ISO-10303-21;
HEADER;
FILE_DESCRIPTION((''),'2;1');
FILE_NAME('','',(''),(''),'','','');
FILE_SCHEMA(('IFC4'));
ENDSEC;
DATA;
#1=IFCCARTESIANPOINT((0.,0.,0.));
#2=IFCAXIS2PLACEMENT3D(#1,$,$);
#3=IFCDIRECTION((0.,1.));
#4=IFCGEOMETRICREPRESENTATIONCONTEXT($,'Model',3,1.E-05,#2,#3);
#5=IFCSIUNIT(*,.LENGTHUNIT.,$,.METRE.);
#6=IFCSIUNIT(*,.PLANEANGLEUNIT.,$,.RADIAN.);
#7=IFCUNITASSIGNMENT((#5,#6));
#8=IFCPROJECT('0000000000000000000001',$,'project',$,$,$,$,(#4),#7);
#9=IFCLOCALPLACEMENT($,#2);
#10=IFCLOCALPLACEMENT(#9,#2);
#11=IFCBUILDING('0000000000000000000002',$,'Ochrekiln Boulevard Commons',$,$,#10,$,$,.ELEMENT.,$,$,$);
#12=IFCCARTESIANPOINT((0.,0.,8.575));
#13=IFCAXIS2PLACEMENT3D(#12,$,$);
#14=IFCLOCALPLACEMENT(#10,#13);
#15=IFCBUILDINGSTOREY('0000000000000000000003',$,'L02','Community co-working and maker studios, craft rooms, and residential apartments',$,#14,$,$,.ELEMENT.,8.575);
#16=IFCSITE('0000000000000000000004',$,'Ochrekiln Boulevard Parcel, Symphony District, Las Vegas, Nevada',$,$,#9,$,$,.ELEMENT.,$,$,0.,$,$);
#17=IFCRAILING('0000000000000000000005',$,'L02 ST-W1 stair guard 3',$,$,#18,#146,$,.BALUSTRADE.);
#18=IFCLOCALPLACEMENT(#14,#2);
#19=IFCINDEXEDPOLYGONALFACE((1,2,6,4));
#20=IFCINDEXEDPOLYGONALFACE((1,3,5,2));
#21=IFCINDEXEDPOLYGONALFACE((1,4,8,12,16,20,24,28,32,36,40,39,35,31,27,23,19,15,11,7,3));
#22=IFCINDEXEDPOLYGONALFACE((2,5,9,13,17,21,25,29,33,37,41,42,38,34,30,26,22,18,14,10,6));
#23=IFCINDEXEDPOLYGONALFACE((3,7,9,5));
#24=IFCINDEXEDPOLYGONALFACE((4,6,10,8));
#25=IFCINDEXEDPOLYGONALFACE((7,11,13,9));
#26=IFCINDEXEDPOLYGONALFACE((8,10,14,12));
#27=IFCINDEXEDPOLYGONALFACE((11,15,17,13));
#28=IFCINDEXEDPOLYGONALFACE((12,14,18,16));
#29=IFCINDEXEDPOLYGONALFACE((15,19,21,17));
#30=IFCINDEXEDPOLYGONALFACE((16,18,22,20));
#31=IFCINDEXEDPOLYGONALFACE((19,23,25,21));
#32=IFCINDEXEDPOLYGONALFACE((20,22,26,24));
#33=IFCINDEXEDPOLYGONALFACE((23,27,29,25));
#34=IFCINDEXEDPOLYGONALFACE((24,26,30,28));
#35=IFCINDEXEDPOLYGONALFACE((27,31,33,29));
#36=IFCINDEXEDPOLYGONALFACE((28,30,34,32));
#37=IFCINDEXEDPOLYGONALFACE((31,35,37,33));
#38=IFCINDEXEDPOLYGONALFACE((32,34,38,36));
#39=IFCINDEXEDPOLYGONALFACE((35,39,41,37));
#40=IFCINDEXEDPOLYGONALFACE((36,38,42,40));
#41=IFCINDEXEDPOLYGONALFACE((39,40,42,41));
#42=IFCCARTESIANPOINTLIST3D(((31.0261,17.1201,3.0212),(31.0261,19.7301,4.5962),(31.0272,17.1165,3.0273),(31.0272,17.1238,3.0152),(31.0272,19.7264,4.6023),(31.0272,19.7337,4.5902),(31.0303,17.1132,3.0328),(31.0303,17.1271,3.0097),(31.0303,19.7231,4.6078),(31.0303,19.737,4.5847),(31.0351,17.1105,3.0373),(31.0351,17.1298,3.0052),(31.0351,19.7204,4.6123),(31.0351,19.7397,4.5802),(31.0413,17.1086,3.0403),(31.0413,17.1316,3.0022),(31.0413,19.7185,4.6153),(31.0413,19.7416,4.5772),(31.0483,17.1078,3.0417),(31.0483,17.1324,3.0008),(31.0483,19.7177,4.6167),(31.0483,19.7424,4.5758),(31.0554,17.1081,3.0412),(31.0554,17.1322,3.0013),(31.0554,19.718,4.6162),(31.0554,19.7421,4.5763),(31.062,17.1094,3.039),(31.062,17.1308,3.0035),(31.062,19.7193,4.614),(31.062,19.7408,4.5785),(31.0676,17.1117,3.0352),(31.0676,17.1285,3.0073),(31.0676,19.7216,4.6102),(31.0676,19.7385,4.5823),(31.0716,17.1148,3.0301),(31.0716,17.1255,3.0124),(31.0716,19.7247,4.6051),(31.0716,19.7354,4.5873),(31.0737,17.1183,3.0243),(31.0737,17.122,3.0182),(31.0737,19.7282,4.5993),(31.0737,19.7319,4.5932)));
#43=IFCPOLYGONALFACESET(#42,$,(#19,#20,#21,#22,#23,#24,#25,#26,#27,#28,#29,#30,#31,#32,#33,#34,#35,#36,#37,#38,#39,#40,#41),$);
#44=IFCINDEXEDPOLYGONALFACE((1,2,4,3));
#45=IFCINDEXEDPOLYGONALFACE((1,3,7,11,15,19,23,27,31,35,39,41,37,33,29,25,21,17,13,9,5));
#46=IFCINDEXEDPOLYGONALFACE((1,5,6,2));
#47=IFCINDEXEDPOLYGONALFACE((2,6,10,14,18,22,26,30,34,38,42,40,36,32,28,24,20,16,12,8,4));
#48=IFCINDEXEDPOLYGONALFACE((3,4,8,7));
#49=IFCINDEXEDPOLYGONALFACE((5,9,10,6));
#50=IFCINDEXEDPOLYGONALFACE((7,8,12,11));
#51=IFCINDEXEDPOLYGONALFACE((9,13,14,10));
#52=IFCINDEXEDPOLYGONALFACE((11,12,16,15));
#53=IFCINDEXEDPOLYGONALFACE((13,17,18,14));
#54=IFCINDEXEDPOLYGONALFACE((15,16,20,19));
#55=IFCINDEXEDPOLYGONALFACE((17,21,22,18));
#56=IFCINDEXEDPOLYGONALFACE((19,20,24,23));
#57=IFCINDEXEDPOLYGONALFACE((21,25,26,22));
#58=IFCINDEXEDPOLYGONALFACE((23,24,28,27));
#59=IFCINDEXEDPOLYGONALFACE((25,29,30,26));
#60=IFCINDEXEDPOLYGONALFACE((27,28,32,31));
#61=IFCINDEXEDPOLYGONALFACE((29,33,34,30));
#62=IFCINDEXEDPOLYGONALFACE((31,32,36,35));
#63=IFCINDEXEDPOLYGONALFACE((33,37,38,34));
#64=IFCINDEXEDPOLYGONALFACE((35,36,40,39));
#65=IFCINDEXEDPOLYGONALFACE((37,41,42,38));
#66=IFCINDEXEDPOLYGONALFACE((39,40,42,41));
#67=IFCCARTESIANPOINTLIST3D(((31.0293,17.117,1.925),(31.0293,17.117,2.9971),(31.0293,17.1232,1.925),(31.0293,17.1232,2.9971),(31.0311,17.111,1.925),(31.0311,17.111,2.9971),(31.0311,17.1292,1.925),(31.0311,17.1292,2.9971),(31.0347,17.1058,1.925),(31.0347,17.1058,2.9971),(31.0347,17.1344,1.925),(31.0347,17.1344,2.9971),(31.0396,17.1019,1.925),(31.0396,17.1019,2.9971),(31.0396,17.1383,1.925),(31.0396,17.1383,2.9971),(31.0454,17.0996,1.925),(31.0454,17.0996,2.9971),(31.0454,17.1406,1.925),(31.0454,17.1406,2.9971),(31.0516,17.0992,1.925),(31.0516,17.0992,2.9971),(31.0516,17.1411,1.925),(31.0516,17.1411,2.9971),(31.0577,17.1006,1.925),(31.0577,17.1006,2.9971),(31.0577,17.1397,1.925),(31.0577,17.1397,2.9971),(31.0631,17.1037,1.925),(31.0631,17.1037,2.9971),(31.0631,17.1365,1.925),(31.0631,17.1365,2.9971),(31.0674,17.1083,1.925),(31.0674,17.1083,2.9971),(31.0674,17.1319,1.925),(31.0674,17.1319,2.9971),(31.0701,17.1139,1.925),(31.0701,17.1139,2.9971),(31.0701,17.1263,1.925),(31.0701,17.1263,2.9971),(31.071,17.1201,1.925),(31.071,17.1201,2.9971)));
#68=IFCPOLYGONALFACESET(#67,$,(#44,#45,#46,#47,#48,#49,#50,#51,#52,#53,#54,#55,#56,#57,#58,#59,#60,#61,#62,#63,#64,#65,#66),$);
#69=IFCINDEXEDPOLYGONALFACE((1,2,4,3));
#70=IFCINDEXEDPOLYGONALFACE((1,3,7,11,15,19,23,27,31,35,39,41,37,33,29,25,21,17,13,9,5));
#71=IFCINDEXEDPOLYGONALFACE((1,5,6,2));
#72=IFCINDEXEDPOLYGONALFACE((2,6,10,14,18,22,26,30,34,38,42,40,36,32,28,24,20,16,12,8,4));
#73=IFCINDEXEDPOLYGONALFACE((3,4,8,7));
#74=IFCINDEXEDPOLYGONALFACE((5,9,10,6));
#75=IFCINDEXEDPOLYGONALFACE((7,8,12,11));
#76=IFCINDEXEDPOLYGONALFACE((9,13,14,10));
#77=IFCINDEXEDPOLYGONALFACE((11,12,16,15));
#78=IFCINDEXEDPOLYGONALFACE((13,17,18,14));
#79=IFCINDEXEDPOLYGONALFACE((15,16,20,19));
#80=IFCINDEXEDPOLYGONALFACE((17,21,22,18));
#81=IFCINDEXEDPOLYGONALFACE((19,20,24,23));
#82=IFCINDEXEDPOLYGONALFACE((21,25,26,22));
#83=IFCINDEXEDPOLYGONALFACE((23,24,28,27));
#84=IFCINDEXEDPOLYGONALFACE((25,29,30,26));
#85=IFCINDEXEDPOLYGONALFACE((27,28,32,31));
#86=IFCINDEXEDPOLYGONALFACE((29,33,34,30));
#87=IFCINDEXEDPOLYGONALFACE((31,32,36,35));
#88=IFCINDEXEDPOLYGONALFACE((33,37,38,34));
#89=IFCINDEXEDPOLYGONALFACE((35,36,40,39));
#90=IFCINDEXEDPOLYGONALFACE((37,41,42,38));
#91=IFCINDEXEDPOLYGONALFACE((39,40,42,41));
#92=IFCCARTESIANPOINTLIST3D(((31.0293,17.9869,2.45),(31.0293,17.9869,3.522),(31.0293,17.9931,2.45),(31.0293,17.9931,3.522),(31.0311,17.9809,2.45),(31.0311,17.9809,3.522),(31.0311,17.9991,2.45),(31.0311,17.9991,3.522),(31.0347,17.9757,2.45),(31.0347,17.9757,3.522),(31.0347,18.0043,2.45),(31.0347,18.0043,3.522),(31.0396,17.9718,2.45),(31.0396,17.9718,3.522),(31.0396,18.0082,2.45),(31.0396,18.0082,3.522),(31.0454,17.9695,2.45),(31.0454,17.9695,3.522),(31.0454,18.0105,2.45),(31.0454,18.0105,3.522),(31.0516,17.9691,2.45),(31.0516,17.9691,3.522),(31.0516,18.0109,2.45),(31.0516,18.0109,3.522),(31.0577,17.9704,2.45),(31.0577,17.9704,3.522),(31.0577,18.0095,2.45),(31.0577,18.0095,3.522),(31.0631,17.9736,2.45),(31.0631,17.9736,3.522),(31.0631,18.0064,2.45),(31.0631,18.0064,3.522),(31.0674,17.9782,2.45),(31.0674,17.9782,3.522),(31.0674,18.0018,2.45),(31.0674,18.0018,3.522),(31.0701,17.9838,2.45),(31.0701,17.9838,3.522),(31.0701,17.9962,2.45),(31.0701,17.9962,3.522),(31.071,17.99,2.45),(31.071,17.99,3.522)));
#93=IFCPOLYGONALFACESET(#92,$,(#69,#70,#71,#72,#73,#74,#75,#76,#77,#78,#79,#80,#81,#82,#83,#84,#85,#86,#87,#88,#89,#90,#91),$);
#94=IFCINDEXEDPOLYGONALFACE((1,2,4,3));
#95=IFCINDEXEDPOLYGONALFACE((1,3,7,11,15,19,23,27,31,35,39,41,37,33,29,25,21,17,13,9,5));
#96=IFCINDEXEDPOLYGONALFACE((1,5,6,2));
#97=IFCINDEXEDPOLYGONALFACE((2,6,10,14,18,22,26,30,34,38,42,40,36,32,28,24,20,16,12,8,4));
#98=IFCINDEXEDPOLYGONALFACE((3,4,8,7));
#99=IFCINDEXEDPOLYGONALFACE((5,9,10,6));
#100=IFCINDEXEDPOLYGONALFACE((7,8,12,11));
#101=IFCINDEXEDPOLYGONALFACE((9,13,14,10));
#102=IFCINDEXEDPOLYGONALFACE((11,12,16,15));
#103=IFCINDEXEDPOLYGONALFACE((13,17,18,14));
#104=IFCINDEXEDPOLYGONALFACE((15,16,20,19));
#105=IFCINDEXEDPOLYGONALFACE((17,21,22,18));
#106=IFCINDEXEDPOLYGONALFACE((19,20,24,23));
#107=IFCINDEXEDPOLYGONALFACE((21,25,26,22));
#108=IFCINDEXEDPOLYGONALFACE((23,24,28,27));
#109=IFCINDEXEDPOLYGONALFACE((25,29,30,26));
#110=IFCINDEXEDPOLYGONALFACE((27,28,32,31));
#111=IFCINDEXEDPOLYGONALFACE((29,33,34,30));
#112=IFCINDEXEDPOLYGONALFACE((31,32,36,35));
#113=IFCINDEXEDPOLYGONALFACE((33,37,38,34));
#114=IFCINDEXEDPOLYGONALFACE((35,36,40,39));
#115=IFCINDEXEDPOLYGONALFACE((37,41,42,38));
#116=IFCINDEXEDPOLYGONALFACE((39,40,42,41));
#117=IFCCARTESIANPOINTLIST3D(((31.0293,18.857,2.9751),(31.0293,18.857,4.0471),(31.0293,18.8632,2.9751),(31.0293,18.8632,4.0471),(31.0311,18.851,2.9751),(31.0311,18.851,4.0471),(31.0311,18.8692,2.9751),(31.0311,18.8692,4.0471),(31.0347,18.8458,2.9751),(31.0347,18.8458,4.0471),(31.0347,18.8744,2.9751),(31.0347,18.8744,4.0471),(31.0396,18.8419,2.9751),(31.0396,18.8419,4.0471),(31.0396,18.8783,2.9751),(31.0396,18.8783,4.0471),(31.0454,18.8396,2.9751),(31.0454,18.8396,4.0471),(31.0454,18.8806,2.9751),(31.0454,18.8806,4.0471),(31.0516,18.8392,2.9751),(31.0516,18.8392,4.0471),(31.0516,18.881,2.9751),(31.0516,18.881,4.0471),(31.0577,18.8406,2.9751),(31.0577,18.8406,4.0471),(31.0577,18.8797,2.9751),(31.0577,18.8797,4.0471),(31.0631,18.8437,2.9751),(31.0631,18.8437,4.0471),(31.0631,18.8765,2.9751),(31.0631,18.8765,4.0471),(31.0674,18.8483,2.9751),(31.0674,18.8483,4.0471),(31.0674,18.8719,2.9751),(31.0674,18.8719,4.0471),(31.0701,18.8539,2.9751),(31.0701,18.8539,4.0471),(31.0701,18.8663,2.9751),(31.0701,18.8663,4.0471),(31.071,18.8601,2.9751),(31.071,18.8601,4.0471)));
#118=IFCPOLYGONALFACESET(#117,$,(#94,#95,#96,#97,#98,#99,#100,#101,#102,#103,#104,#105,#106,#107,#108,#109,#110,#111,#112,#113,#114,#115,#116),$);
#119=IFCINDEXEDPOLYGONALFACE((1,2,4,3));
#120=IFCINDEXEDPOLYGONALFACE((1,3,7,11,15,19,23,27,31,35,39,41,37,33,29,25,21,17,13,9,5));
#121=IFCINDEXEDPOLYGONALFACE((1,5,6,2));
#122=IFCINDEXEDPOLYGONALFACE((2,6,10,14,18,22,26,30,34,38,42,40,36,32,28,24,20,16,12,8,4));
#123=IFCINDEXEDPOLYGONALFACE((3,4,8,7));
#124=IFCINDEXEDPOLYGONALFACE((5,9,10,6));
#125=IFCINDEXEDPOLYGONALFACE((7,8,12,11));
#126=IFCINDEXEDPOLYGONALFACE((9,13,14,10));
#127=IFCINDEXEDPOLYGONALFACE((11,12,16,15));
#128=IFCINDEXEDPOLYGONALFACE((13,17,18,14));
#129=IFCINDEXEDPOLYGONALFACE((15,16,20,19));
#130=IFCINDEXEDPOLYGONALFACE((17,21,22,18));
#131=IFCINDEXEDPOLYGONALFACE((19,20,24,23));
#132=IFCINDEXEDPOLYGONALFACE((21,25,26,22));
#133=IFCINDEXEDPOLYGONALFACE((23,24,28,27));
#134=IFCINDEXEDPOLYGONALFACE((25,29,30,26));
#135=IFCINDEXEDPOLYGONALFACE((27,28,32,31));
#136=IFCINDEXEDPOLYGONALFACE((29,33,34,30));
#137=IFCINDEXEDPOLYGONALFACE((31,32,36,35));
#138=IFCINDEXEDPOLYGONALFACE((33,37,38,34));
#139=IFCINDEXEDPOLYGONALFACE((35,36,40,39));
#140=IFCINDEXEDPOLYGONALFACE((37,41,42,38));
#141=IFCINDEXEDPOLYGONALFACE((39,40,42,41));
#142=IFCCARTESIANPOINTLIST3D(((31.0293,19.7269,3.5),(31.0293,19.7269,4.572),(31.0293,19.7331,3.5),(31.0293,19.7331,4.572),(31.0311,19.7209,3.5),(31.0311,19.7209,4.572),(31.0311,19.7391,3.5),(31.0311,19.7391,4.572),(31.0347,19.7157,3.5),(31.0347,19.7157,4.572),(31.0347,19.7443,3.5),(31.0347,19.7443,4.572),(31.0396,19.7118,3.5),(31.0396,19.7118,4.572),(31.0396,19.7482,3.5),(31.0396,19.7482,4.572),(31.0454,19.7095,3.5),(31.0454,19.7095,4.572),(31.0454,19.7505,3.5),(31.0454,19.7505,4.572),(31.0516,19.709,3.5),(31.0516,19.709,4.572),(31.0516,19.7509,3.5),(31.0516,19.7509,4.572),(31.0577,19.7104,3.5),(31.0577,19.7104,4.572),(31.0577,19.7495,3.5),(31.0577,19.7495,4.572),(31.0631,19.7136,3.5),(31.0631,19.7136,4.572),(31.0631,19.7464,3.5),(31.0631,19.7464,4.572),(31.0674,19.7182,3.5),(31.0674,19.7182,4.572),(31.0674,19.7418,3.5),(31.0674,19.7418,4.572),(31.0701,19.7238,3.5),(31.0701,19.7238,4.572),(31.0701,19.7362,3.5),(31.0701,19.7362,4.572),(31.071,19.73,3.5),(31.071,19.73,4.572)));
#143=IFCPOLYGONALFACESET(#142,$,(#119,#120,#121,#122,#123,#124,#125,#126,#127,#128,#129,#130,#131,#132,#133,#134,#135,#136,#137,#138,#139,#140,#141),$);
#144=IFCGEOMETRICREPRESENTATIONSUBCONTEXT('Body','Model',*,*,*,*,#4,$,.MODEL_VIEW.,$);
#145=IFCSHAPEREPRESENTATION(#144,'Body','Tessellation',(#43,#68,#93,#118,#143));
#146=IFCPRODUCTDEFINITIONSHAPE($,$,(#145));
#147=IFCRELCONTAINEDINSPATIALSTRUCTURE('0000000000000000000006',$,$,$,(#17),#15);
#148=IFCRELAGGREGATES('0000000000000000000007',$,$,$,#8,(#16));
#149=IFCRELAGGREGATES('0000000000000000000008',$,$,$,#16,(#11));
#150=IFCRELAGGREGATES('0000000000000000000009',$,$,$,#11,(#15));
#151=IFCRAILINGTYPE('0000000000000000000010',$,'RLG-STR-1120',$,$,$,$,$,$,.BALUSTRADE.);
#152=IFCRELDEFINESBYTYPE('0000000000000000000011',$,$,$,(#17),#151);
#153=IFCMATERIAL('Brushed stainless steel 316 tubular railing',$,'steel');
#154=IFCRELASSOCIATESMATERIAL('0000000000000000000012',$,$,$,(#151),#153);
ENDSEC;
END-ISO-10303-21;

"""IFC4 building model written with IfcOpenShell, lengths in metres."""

from ifc_helpers import new_model, si_unit, direction, frame, origin, origin_2d, place, context, subcontext, project, spatial, circle, extrude, material, type_object, element, save


model = new_model("IFC4")

# Units and contexts
model_context = context("Model", 3, precision=1e-05, world=origin(), true_north=direction((0.0, 1.0)))
body_context = subcontext(model_context, "Body", "Model", "MODEL_VIEW")
ifc_project = project(units=[si_unit("LENGTHUNIT", "METRE"), si_unit("PLANEANGLEUNIT", "RADIAN")], contexts=[model_context])

# Site, building, storey
site_placement = place(None, origin())
site = spatial("IfcSite", under=ifc_project, at=site_placement, Name="Ochrekiln Boulevard Parcel, Symphony District, Las Vegas, Nevada", CompositionType="ELEMENT", RefElevation=0.0)
building_placement = place(site_placement, origin())
building = spatial("IfcBuilding", under=site, at=building_placement, Name="Ochrekiln Boulevard Commons", CompositionType="ELEMENT")
storey_placement = place(building_placement, frame((0.0, 0.0, 8.575)))
storey = spatial("IfcBuildingStorey", under=building, at=storey_placement, Name="L02", Description="Community co-working and maker studios, craft rooms, and residential apartments", CompositionType="ELEMENT", Elevation=8.575)

# Railing
ifc_material_1 = material(Name="Brushed stainless steel 316 tubular railing", Category="steel")
railing_type_1 = type_object("IfcRailingType", Name="RLG-STR-1120", PredefinedType="BALUSTRADE", material=ifc_material_1)
railing_1_placement = place(storey_placement, frame((31.05, 17.1201, 1.925)))
element("IfcRailing", 1, at=railing_1_placement, inside=storey, type_object=railing_type_1, Name="L02 ST-W1 stair guard 3", PredefinedType="BALUSTRADE", context=body_context, shape_type="SweptSolid", body=[
    extrude(circle(Radius=0.0239, at=origin_2d()), frame((0.0, 0.0, 1.0962), z_axis=(0.0, 0.856183, 0.516673), x_axis=(-1.0, 0.0, 0.0)), (0.0, 0.0, 1.0), 3.0483),
    extrude(circle(Radius=0.021, at=origin_2d()), origin(), (0.0, 0.0, 1.0), 1.072),
    extrude(circle(Radius=0.021, at=origin_2d()), frame((0.0, 0.8699, 0.5249)), (0.0, 0.0, 1.0), 1.072),
    extrude(circle(Radius=0.021, at=origin_2d()), frame((0.0, 1.74, 1.05)), (0.0, 0.0, 1.0), 1.072),
    extrude(circle(Radius=0.021, at=origin_2d()), frame((0.0, 2.6099, 1.575)), (0.0, 0.0, 1.0), 1.072),
])

save(model, "model.ifc")
